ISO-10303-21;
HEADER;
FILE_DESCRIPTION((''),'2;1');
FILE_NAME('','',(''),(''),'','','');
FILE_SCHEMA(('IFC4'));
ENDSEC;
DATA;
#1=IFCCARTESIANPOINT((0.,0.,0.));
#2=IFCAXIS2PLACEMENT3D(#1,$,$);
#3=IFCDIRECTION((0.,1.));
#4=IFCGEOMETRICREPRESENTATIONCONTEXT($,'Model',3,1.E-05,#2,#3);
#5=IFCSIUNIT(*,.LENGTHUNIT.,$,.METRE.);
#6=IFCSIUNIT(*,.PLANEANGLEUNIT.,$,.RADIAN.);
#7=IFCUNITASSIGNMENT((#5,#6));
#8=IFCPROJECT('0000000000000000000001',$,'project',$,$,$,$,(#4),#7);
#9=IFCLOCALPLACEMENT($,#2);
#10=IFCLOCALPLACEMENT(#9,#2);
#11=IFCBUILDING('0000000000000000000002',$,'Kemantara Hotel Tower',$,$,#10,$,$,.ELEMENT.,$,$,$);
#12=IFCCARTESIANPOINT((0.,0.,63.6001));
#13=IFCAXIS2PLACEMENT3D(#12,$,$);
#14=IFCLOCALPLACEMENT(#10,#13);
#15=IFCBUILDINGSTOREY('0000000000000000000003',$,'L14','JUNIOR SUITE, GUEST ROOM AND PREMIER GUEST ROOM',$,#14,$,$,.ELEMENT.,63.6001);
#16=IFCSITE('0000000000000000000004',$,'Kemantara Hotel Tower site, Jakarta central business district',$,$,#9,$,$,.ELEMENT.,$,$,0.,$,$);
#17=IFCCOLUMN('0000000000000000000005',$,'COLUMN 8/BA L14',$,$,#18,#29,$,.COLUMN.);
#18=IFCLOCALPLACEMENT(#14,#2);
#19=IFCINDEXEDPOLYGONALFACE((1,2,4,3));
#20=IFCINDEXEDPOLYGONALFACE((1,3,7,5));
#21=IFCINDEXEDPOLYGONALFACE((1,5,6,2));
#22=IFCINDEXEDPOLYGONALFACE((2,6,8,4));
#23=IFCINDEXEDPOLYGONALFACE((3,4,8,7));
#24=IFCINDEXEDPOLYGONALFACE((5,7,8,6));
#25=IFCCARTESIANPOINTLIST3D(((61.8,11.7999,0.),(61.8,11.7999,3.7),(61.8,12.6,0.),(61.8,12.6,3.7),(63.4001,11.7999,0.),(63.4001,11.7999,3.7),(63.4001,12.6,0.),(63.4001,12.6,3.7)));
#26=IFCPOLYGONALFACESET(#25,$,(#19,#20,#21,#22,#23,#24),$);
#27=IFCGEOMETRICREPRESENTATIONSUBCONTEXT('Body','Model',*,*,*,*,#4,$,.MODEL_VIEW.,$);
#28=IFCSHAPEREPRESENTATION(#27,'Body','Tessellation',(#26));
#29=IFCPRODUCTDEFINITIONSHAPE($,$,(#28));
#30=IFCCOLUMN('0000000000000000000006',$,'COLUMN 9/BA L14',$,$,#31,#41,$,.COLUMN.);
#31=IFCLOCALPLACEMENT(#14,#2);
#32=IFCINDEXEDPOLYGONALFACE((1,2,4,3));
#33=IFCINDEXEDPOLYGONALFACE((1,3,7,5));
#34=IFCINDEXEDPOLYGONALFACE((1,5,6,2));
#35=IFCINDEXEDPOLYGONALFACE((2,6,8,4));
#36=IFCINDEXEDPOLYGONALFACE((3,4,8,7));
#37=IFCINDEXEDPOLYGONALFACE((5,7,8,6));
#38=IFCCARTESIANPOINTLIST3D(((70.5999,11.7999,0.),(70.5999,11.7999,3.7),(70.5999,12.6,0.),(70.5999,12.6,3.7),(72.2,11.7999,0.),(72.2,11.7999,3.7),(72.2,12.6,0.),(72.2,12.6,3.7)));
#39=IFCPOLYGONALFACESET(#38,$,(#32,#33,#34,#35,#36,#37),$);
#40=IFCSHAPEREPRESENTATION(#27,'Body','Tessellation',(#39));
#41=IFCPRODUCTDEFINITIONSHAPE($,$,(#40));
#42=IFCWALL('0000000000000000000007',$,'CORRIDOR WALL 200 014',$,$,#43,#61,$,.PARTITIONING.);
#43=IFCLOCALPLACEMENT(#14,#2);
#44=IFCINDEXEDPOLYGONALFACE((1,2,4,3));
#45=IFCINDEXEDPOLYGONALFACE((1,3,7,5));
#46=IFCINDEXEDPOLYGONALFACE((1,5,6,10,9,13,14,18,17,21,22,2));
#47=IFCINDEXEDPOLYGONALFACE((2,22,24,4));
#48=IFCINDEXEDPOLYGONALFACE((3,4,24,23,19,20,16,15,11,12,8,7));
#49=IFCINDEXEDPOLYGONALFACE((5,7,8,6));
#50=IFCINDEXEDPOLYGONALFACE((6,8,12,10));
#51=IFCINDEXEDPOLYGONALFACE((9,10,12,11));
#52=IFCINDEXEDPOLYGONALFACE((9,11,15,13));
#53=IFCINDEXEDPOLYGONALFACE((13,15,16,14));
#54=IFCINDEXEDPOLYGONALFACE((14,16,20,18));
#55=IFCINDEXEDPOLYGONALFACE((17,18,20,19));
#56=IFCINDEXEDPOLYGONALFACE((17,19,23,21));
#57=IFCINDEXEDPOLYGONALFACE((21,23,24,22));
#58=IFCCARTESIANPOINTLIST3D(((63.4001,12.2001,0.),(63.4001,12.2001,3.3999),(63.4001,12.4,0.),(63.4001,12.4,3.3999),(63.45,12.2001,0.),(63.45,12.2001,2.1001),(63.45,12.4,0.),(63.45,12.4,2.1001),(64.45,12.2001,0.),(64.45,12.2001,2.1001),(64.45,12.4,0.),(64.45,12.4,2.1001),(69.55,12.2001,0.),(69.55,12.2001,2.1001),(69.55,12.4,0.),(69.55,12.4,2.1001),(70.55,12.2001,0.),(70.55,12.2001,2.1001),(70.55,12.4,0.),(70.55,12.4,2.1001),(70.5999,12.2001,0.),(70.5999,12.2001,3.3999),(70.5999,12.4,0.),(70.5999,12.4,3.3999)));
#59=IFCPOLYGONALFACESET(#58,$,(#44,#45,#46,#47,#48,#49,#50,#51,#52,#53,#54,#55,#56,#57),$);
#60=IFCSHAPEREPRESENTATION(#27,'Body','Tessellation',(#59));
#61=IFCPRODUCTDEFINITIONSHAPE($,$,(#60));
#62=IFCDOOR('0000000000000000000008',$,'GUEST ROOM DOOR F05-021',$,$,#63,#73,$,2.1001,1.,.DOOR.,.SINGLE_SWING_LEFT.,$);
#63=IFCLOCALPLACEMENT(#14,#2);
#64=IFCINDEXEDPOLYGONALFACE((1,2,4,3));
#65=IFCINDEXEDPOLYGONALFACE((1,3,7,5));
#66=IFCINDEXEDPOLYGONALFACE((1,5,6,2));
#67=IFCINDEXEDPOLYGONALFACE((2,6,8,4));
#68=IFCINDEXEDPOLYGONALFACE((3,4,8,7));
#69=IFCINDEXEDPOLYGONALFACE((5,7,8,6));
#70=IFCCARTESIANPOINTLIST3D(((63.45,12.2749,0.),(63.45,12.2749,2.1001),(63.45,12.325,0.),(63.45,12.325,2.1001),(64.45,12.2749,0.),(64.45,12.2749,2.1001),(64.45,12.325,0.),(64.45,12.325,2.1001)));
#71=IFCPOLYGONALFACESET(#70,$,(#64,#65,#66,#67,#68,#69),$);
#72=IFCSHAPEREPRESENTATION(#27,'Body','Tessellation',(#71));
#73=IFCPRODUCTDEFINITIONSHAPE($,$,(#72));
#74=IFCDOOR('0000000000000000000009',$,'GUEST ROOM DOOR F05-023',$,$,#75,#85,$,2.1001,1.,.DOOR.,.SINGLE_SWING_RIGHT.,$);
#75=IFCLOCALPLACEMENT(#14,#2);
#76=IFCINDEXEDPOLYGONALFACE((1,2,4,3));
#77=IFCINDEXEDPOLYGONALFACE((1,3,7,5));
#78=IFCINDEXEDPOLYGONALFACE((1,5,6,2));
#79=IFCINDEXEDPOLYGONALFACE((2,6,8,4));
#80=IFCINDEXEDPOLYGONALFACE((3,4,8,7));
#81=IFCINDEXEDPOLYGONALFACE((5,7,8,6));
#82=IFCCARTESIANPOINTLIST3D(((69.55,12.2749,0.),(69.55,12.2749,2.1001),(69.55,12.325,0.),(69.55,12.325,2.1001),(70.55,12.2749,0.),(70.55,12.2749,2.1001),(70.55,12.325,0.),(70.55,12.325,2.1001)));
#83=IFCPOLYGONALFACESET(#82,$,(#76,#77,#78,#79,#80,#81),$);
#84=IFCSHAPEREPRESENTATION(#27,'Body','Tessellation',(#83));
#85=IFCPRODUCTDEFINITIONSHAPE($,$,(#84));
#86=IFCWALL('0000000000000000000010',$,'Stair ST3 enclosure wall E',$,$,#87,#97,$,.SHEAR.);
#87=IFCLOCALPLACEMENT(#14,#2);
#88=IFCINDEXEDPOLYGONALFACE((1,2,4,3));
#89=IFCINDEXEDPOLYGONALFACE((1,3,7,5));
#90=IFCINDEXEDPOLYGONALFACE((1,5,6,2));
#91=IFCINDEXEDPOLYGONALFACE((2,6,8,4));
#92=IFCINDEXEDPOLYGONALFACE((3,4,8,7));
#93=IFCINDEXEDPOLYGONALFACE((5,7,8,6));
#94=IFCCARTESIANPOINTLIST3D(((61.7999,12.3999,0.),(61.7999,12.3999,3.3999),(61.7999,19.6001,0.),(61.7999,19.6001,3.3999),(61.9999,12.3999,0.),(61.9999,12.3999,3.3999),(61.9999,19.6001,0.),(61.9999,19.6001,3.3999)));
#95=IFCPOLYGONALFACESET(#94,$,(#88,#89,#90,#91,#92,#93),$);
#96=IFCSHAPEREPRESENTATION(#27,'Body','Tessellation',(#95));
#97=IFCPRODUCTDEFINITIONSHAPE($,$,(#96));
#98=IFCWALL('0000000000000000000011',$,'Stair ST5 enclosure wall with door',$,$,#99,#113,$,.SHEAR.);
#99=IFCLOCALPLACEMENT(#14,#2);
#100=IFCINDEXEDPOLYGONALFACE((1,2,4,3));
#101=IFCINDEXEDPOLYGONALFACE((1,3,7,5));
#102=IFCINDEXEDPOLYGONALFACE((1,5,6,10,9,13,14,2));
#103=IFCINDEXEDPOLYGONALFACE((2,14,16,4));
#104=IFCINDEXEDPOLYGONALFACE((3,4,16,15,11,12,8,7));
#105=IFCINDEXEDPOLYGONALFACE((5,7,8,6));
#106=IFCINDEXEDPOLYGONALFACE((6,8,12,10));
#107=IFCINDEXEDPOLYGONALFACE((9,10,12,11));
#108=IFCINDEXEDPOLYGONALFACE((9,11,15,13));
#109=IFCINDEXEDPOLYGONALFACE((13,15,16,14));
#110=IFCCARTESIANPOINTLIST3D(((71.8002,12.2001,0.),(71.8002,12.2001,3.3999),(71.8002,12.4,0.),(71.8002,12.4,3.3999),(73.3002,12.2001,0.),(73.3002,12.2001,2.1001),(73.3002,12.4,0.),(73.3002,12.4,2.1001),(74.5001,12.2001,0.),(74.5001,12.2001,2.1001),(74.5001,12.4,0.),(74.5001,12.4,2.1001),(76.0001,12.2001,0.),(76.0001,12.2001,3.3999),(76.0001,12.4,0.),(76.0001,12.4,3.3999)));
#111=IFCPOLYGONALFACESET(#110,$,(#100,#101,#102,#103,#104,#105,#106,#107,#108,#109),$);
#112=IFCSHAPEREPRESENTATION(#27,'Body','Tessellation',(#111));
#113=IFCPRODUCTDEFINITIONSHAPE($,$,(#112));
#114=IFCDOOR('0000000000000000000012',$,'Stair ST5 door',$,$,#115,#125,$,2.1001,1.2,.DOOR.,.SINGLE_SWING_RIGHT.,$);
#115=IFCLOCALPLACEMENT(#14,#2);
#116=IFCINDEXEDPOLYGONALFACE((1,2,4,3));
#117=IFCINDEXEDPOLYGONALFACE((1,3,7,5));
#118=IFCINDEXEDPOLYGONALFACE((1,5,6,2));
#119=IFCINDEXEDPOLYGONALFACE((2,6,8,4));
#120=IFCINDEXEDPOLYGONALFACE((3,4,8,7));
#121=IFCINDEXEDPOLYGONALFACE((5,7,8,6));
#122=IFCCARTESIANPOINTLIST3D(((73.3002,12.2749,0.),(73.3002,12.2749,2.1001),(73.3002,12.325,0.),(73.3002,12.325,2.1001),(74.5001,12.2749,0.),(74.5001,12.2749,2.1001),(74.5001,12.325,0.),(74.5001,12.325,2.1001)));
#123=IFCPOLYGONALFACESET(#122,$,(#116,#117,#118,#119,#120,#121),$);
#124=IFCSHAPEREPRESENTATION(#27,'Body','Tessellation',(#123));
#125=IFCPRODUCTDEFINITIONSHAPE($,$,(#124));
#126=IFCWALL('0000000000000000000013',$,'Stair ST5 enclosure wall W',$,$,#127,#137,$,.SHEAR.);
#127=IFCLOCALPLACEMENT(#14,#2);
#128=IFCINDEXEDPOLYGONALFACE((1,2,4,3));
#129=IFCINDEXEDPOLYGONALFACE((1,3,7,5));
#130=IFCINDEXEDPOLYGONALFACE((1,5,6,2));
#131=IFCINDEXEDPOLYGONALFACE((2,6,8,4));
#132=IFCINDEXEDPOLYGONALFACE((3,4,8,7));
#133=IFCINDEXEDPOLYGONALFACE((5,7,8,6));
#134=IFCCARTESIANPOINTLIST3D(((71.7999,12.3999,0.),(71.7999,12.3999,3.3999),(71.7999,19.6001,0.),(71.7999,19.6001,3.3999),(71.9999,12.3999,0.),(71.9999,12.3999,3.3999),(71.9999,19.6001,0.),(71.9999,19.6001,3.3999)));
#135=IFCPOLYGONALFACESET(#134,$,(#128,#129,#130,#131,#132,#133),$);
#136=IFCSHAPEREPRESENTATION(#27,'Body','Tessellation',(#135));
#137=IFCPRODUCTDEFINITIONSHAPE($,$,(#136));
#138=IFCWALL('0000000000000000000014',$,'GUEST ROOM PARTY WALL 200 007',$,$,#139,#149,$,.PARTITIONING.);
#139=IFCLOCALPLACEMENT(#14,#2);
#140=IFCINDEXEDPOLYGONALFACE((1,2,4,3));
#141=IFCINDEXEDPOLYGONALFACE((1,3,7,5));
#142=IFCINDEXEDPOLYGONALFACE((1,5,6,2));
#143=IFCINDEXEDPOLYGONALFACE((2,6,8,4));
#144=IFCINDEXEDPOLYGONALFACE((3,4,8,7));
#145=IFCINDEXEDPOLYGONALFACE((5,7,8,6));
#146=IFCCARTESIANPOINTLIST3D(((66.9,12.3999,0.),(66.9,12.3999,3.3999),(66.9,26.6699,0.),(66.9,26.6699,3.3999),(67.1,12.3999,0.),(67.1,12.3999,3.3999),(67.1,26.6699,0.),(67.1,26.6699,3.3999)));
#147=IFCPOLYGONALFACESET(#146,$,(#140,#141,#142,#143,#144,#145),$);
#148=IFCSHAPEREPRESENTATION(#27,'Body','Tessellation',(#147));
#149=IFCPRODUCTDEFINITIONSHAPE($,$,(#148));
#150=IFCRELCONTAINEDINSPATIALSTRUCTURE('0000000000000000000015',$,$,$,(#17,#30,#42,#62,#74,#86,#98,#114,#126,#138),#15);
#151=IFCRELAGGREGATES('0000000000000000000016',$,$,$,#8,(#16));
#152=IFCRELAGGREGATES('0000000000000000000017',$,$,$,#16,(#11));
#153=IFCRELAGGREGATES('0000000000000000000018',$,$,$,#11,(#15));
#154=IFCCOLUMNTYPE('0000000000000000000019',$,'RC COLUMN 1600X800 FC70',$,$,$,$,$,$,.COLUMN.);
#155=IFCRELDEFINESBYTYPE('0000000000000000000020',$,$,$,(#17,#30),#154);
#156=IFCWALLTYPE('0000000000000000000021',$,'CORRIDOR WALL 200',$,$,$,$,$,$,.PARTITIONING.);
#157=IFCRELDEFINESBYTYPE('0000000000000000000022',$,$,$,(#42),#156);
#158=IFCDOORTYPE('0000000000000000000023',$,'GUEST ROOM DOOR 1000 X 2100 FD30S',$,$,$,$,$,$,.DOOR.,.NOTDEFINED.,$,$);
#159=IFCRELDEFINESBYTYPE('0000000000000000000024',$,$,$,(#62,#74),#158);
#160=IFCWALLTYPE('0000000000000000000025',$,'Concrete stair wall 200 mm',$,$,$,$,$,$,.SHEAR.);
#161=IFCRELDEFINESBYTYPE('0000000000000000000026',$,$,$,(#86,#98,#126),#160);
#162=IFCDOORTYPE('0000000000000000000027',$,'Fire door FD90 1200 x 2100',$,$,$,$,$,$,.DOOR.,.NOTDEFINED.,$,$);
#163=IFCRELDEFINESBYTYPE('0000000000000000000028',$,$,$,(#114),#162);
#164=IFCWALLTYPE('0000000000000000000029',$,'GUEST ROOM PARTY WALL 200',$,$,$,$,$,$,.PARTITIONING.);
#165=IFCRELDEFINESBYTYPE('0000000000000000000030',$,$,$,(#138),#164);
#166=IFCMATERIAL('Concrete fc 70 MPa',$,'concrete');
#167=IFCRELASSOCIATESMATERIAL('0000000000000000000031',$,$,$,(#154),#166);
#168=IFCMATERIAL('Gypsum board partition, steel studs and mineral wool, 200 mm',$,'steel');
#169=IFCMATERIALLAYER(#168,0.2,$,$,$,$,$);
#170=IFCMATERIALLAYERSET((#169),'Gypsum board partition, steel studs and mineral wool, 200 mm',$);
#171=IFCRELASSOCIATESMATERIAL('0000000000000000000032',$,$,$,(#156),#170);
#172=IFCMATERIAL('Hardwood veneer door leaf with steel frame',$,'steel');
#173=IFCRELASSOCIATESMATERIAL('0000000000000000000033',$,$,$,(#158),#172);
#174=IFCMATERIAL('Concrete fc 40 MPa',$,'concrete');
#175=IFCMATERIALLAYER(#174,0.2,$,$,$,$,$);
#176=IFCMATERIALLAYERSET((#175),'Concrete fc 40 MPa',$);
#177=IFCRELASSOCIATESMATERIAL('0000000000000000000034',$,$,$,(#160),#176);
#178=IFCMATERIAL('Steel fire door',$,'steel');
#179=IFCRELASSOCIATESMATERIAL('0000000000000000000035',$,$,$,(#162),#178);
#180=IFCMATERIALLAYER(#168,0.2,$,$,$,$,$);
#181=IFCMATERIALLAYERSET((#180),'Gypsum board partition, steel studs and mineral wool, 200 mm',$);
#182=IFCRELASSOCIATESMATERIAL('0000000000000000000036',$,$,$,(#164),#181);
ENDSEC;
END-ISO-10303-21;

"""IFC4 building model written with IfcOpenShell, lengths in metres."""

from ifc_helpers import new_model, si_unit, direction, frame, frame_2d, origin, origin_2d, place, context, subcontext, project, spatial, rectangle, extrude, material, layer, layer_set, material_profile, profile_set, type_object, element, fill, save


model = new_model("IFC4")

# Units and contexts
model_context = context("Model", 3, precision=1e-05, world=origin(), true_north=direction((0.0, 1.0)))
body_context = subcontext(model_context, "Body", "Model", "MODEL_VIEW")
ifc_project = project(units=[si_unit("LENGTHUNIT", "METRE"), si_unit("PLANEANGLEUNIT", "RADIAN")], contexts=[model_context])

# Site, building, storey
site_placement = place(None, origin())
site = spatial("IfcSite", under=ifc_project, at=site_placement, Name="Kemantara Hotel Tower site, Jakarta central business district", CompositionType="ELEMENT", RefElevation=0.0)
building_placement = place(site_placement, origin())
building = spatial("IfcBuilding", under=site, at=building_placement, Name="Kemantara Hotel Tower", CompositionType="ELEMENT")
storey_placement = place(building_placement, frame((0.0, 0.0, 63.6001)))
storey = spatial("IfcBuildingStorey", under=building, at=storey_placement, Name="L14", Description="JUNIOR SUITE, GUEST ROOM AND PREMIER GUEST ROOM", CompositionType="ELEMENT", Elevation=63.6001)

# Columns
ifc_material_1 = material(Name="Concrete fc 70 MPa", Category="concrete")
ifc_material_profile = material_profile(ifc_material_1, rectangle(XDim=1.6001, YDim=0.8, at=origin_2d()), Name="RC 1600X800")
ifc_profile_set = profile_set([ifc_material_profile], Name="Concrete fc 70 MPa")
column_type = type_object("IfcColumnType", Name="RC COLUMN 1600X800 FC70", PredefinedType="COLUMN", material=ifc_profile_set)
for number, where, z_axis, x_axis, name in (
    (1, (62.6001, 12.2, 0.0), (0.0, 0.0, 1.0), (1.0, 0.0, 0.0), "COLUMN 8/BA L14"),
    (2, (71.3999, 12.2, 0.0), (0.0, 0.0, 1.0), (1.0, 0.0, 0.0), "COLUMN 9/BA L14"),
):
    element("IfcColumn", number, at=place(storey_placement, frame(where, z_axis=z_axis, x_axis=x_axis)), inside=storey, type_object=column_type, Name=name, PredefinedType="COLUMN", context=body_context, shape_type="SweptSolid", body=[
        extrude(rectangle(XDim=1.6001, YDim=0.8, at=origin_2d()), origin(), (0.0, 0.0, 1.0), 3.7),
    ])

# Wall, openings, doors
ifc_material_2 = material(Name="Gypsum board partition, steel studs and mineral wool, 200 mm", Category="steel")
ifc_layer_1 = layer(ifc_material_2, 0.2)
ifc_layer_set_1 = layer_set([ifc_layer_1], Name="Gypsum board partition, steel studs and mineral wool, 200 mm")
wall_type_1 = type_object("IfcWallType", Name="CORRIDOR WALL 200", PredefinedType="PARTITIONING", material=ifc_layer_set_1)
wall_1_placement = place(storey_placement, frame((63.4001, 12.3, 0.0), z_axis=(0.0, 0.0, 1.0), x_axis=(1.0, 0.0, 0.0)))
wall_1 = element("IfcWall", 3, at=wall_1_placement, inside=storey, type_object=wall_type_1, Name="CORRIDOR WALL 200 014", PredefinedType="PARTITIONING", context=body_context, shape_type="SweptSolid", body=[
    extrude(rectangle(XDim=7.1997, YDim=0.2, at=frame_2d((3.5999, 0.0))), origin(), (0.0, 0.0, 1.0), 3.3999),
])
opening_1_placement = place(wall_1_placement, frame((0.0498, 0.0, 0.0)))
opening_1 = element("IfcOpeningElement", 4, at=opening_1_placement, cuts=wall_1, PredefinedType="OPENING", context=body_context, shape_type="SweptSolid", body=[
    extrude(rectangle(XDim=1.0, YDim=2.1001, at=frame_2d((0.5, 1.05))), frame((0.0, 0.1099, 0.0), z_axis=(0.0, -1.0, 0.0), x_axis=(1.0, 0.0, 0.0)), (0.0, 0.0, 1.0), 0.22),
])
opening_2_placement = place(wall_1_placement, frame((6.1499, 0.0, 0.0)))
opening_2 = element("IfcOpeningElement", 5, at=opening_2_placement, cuts=wall_1, PredefinedType="OPENING", context=body_context, shape_type="SweptSolid", body=[
    extrude(rectangle(XDim=1.0, YDim=2.1001, at=frame_2d((0.5, 1.05))), frame((0.0, 0.1099, 0.0), z_axis=(0.0, -1.0, 0.0), x_axis=(1.0, 0.0, 0.0)), (0.0, 0.0, 1.0), 0.22),
])
ifc_material_3 = material(Name="Hardwood veneer door leaf with steel frame", Category="steel")
door_type_1 = type_object("IfcDoorType", Name="GUEST ROOM DOOR 1000 X 2100 FD30S", OperationType="NOTDEFINED", PredefinedType="DOOR", material=ifc_material_3)
door_1_placement = place(opening_1_placement, origin())
door_1 = element("IfcDoor", 6, at=door_1_placement, inside=storey, type_object=door_type_1, Name="GUEST ROOM DOOR F05-021", OperationType="SINGLE_SWING_LEFT", OverallHeight=2.1001, OverallWidth=1.0, PredefinedType="DOOR", context=body_context, shape_type="SweptSolid", body=[
    extrude(rectangle(XDim=1.0, YDim=2.1001, at=frame_2d((0.5, 1.05))), frame((0.0, 0.0249, 0.0), z_axis=(0.0, -1.0, 0.0), x_axis=(1.0, 0.0, 0.0)), (0.0, 0.0, 1.0), 0.05),
])
fill(opening_1, door_1)
door_2_placement = place(opening_2_placement, origin())
door_2 = element("IfcDoor", 7, at=door_2_placement, inside=storey, type_object=door_type_1, Name="GUEST ROOM DOOR F05-023", OperationType="SINGLE_SWING_RIGHT", OverallHeight=2.1001, OverallWidth=1.0, PredefinedType="DOOR", context=body_context, shape_type="SweptSolid", body=[
    extrude(rectangle(XDim=1.0, YDim=2.1001, at=frame_2d((0.5, 1.05))), frame((0.0, 0.0249, 0.0), z_axis=(0.0, -1.0, 0.0), x_axis=(1.0, 0.0, 0.0)), (0.0, 0.0, 1.0), 0.05),
])
fill(opening_2, door_2)

# Wall
ifc_material_4 = material(Name="Concrete fc 40 MPa", Category="concrete")
ifc_layer_2 = layer(ifc_material_4, 0.2)
ifc_layer_set_2 = layer_set([ifc_layer_2], Name="Concrete fc 40 MPa")
wall_type_2 = type_object("IfcWallType", Name="Concrete stair wall 200 mm", PredefinedType="SHEAR", material=ifc_layer_set_2)
wall_2_placement = place(storey_placement, frame((61.8999, 12.3999, 0.0), z_axis=(0.0, 0.0, 1.0), x_axis=(0.0, 1.0, 0.0)))
element("IfcWall", 8, at=wall_2_placement, inside=storey, type_object=wall_type_2, Name="Stair ST3 enclosure wall E", PredefinedType="SHEAR", context=body_context, shape_type="SweptSolid", body=[
    extrude(rectangle(XDim=7.2002, YDim=0.2, at=frame_2d((3.6001, 0.0))), origin(), (0.0, 0.0, 1.0), 3.3999),
])

# Wall, opening, door
wall_3_placement = place(storey_placement, frame((71.8, 12.3, 0.0), z_axis=(0.0, 0.0, 1.0), x_axis=(1.0, 0.0, 0.0)))
wall_3 = element("IfcWall", 9, at=wall_3_placement, inside=storey, type_object=wall_type_2, Name="Stair ST5 enclosure wall with door", PredefinedType="SHEAR", context=body_context, shape_type="SweptSolid", body=[
    extrude(rectangle(XDim=4.2, YDim=0.2, at=frame_2d((2.1001, 0.0))), origin(), (0.0, 0.0, 1.0), 3.3999),
])
opening_3_placement = place(wall_3_placement, frame((1.5, 0.0, 0.0)))
opening_3 = element("IfcOpeningElement", 10, at=opening_3_placement, cuts=wall_3, PredefinedType="OPENING", context=body_context, shape_type="SweptSolid", body=[
    extrude(rectangle(XDim=1.2, YDim=2.1001, at=frame_2d((0.6001, 1.05))), frame((0.0, 0.1099, 0.0), z_axis=(0.0, -1.0, 0.0), x_axis=(1.0, 0.0, 0.0)), (0.0, 0.0, 1.0), 0.22),
])
ifc_material_5 = material(Name="Steel fire door", Category="steel")
door_type_2 = type_object("IfcDoorType", Name="Fire door FD90 1200 x 2100", OperationType="NOTDEFINED", PredefinedType="DOOR", material=ifc_material_5)
door_3_placement = place(opening_3_placement, origin())
door_3 = element("IfcDoor", 11, at=door_3_placement, inside=storey, type_object=door_type_2, Name="Stair ST5 door", OperationType="SINGLE_SWING_RIGHT", OverallHeight=2.1001, OverallWidth=1.2, PredefinedType="DOOR", context=body_context, shape_type="SweptSolid", body=[
    extrude(rectangle(XDim=1.2, YDim=2.1001, at=frame_2d((0.6001, 1.05))), frame((0.0, 0.0249, 0.0), z_axis=(0.0, -1.0, 0.0), x_axis=(1.0, 0.0, 0.0)), (0.0, 0.0, 1.0), 0.05),
])
fill(opening_3, door_3)

# Walls
wall_4_placement = place(storey_placement, frame((71.8999, 12.3999, 0.0), z_axis=(0.0, 0.0, 1.0), x_axis=(0.0, 1.0, 0.0)))
element("IfcWall", 12, at=wall_4_placement, inside=storey, type_object=wall_type_2, Name="Stair ST5 enclosure wall W", PredefinedType="SHEAR", context=body_context, shape_type="SweptSolid", body=[
    extrude(rectangle(XDim=7.2002, YDim=0.2, at=frame_2d((3.6001, 0.0))), origin(), (0.0, 0.0, 1.0), 3.3999),
])
ifc_layer_3 = layer(ifc_material_2, 0.2)
ifc_layer_set_3 = layer_set([ifc_layer_3], Name="Gypsum board partition, steel studs and mineral wool, 200 mm")
wall_type_3 = type_object("IfcWallType", Name="GUEST ROOM PARTY WALL 200", PredefinedType="PARTITIONING", material=ifc_layer_set_3)
wall_5_placement = place(storey_placement, frame((67.0, 12.3999, 0.0), z_axis=(0.0, 0.0, 1.0), x_axis=(0.0, 1.0, 0.0)))
element("IfcWall", 13, at=wall_5_placement, inside=storey, type_object=wall_type_3, Name="GUEST ROOM PARTY WALL 200 007", PredefinedType="PARTITIONING", context=body_context, shape_type="SweptSolid", body=[
    extrude(rectangle(XDim=14.27, YDim=0.2, at=frame_2d((7.135, 0.0))), origin(), (0.0, 0.0, 1.0), 3.3999),
])

save(model, "model.ifc")
